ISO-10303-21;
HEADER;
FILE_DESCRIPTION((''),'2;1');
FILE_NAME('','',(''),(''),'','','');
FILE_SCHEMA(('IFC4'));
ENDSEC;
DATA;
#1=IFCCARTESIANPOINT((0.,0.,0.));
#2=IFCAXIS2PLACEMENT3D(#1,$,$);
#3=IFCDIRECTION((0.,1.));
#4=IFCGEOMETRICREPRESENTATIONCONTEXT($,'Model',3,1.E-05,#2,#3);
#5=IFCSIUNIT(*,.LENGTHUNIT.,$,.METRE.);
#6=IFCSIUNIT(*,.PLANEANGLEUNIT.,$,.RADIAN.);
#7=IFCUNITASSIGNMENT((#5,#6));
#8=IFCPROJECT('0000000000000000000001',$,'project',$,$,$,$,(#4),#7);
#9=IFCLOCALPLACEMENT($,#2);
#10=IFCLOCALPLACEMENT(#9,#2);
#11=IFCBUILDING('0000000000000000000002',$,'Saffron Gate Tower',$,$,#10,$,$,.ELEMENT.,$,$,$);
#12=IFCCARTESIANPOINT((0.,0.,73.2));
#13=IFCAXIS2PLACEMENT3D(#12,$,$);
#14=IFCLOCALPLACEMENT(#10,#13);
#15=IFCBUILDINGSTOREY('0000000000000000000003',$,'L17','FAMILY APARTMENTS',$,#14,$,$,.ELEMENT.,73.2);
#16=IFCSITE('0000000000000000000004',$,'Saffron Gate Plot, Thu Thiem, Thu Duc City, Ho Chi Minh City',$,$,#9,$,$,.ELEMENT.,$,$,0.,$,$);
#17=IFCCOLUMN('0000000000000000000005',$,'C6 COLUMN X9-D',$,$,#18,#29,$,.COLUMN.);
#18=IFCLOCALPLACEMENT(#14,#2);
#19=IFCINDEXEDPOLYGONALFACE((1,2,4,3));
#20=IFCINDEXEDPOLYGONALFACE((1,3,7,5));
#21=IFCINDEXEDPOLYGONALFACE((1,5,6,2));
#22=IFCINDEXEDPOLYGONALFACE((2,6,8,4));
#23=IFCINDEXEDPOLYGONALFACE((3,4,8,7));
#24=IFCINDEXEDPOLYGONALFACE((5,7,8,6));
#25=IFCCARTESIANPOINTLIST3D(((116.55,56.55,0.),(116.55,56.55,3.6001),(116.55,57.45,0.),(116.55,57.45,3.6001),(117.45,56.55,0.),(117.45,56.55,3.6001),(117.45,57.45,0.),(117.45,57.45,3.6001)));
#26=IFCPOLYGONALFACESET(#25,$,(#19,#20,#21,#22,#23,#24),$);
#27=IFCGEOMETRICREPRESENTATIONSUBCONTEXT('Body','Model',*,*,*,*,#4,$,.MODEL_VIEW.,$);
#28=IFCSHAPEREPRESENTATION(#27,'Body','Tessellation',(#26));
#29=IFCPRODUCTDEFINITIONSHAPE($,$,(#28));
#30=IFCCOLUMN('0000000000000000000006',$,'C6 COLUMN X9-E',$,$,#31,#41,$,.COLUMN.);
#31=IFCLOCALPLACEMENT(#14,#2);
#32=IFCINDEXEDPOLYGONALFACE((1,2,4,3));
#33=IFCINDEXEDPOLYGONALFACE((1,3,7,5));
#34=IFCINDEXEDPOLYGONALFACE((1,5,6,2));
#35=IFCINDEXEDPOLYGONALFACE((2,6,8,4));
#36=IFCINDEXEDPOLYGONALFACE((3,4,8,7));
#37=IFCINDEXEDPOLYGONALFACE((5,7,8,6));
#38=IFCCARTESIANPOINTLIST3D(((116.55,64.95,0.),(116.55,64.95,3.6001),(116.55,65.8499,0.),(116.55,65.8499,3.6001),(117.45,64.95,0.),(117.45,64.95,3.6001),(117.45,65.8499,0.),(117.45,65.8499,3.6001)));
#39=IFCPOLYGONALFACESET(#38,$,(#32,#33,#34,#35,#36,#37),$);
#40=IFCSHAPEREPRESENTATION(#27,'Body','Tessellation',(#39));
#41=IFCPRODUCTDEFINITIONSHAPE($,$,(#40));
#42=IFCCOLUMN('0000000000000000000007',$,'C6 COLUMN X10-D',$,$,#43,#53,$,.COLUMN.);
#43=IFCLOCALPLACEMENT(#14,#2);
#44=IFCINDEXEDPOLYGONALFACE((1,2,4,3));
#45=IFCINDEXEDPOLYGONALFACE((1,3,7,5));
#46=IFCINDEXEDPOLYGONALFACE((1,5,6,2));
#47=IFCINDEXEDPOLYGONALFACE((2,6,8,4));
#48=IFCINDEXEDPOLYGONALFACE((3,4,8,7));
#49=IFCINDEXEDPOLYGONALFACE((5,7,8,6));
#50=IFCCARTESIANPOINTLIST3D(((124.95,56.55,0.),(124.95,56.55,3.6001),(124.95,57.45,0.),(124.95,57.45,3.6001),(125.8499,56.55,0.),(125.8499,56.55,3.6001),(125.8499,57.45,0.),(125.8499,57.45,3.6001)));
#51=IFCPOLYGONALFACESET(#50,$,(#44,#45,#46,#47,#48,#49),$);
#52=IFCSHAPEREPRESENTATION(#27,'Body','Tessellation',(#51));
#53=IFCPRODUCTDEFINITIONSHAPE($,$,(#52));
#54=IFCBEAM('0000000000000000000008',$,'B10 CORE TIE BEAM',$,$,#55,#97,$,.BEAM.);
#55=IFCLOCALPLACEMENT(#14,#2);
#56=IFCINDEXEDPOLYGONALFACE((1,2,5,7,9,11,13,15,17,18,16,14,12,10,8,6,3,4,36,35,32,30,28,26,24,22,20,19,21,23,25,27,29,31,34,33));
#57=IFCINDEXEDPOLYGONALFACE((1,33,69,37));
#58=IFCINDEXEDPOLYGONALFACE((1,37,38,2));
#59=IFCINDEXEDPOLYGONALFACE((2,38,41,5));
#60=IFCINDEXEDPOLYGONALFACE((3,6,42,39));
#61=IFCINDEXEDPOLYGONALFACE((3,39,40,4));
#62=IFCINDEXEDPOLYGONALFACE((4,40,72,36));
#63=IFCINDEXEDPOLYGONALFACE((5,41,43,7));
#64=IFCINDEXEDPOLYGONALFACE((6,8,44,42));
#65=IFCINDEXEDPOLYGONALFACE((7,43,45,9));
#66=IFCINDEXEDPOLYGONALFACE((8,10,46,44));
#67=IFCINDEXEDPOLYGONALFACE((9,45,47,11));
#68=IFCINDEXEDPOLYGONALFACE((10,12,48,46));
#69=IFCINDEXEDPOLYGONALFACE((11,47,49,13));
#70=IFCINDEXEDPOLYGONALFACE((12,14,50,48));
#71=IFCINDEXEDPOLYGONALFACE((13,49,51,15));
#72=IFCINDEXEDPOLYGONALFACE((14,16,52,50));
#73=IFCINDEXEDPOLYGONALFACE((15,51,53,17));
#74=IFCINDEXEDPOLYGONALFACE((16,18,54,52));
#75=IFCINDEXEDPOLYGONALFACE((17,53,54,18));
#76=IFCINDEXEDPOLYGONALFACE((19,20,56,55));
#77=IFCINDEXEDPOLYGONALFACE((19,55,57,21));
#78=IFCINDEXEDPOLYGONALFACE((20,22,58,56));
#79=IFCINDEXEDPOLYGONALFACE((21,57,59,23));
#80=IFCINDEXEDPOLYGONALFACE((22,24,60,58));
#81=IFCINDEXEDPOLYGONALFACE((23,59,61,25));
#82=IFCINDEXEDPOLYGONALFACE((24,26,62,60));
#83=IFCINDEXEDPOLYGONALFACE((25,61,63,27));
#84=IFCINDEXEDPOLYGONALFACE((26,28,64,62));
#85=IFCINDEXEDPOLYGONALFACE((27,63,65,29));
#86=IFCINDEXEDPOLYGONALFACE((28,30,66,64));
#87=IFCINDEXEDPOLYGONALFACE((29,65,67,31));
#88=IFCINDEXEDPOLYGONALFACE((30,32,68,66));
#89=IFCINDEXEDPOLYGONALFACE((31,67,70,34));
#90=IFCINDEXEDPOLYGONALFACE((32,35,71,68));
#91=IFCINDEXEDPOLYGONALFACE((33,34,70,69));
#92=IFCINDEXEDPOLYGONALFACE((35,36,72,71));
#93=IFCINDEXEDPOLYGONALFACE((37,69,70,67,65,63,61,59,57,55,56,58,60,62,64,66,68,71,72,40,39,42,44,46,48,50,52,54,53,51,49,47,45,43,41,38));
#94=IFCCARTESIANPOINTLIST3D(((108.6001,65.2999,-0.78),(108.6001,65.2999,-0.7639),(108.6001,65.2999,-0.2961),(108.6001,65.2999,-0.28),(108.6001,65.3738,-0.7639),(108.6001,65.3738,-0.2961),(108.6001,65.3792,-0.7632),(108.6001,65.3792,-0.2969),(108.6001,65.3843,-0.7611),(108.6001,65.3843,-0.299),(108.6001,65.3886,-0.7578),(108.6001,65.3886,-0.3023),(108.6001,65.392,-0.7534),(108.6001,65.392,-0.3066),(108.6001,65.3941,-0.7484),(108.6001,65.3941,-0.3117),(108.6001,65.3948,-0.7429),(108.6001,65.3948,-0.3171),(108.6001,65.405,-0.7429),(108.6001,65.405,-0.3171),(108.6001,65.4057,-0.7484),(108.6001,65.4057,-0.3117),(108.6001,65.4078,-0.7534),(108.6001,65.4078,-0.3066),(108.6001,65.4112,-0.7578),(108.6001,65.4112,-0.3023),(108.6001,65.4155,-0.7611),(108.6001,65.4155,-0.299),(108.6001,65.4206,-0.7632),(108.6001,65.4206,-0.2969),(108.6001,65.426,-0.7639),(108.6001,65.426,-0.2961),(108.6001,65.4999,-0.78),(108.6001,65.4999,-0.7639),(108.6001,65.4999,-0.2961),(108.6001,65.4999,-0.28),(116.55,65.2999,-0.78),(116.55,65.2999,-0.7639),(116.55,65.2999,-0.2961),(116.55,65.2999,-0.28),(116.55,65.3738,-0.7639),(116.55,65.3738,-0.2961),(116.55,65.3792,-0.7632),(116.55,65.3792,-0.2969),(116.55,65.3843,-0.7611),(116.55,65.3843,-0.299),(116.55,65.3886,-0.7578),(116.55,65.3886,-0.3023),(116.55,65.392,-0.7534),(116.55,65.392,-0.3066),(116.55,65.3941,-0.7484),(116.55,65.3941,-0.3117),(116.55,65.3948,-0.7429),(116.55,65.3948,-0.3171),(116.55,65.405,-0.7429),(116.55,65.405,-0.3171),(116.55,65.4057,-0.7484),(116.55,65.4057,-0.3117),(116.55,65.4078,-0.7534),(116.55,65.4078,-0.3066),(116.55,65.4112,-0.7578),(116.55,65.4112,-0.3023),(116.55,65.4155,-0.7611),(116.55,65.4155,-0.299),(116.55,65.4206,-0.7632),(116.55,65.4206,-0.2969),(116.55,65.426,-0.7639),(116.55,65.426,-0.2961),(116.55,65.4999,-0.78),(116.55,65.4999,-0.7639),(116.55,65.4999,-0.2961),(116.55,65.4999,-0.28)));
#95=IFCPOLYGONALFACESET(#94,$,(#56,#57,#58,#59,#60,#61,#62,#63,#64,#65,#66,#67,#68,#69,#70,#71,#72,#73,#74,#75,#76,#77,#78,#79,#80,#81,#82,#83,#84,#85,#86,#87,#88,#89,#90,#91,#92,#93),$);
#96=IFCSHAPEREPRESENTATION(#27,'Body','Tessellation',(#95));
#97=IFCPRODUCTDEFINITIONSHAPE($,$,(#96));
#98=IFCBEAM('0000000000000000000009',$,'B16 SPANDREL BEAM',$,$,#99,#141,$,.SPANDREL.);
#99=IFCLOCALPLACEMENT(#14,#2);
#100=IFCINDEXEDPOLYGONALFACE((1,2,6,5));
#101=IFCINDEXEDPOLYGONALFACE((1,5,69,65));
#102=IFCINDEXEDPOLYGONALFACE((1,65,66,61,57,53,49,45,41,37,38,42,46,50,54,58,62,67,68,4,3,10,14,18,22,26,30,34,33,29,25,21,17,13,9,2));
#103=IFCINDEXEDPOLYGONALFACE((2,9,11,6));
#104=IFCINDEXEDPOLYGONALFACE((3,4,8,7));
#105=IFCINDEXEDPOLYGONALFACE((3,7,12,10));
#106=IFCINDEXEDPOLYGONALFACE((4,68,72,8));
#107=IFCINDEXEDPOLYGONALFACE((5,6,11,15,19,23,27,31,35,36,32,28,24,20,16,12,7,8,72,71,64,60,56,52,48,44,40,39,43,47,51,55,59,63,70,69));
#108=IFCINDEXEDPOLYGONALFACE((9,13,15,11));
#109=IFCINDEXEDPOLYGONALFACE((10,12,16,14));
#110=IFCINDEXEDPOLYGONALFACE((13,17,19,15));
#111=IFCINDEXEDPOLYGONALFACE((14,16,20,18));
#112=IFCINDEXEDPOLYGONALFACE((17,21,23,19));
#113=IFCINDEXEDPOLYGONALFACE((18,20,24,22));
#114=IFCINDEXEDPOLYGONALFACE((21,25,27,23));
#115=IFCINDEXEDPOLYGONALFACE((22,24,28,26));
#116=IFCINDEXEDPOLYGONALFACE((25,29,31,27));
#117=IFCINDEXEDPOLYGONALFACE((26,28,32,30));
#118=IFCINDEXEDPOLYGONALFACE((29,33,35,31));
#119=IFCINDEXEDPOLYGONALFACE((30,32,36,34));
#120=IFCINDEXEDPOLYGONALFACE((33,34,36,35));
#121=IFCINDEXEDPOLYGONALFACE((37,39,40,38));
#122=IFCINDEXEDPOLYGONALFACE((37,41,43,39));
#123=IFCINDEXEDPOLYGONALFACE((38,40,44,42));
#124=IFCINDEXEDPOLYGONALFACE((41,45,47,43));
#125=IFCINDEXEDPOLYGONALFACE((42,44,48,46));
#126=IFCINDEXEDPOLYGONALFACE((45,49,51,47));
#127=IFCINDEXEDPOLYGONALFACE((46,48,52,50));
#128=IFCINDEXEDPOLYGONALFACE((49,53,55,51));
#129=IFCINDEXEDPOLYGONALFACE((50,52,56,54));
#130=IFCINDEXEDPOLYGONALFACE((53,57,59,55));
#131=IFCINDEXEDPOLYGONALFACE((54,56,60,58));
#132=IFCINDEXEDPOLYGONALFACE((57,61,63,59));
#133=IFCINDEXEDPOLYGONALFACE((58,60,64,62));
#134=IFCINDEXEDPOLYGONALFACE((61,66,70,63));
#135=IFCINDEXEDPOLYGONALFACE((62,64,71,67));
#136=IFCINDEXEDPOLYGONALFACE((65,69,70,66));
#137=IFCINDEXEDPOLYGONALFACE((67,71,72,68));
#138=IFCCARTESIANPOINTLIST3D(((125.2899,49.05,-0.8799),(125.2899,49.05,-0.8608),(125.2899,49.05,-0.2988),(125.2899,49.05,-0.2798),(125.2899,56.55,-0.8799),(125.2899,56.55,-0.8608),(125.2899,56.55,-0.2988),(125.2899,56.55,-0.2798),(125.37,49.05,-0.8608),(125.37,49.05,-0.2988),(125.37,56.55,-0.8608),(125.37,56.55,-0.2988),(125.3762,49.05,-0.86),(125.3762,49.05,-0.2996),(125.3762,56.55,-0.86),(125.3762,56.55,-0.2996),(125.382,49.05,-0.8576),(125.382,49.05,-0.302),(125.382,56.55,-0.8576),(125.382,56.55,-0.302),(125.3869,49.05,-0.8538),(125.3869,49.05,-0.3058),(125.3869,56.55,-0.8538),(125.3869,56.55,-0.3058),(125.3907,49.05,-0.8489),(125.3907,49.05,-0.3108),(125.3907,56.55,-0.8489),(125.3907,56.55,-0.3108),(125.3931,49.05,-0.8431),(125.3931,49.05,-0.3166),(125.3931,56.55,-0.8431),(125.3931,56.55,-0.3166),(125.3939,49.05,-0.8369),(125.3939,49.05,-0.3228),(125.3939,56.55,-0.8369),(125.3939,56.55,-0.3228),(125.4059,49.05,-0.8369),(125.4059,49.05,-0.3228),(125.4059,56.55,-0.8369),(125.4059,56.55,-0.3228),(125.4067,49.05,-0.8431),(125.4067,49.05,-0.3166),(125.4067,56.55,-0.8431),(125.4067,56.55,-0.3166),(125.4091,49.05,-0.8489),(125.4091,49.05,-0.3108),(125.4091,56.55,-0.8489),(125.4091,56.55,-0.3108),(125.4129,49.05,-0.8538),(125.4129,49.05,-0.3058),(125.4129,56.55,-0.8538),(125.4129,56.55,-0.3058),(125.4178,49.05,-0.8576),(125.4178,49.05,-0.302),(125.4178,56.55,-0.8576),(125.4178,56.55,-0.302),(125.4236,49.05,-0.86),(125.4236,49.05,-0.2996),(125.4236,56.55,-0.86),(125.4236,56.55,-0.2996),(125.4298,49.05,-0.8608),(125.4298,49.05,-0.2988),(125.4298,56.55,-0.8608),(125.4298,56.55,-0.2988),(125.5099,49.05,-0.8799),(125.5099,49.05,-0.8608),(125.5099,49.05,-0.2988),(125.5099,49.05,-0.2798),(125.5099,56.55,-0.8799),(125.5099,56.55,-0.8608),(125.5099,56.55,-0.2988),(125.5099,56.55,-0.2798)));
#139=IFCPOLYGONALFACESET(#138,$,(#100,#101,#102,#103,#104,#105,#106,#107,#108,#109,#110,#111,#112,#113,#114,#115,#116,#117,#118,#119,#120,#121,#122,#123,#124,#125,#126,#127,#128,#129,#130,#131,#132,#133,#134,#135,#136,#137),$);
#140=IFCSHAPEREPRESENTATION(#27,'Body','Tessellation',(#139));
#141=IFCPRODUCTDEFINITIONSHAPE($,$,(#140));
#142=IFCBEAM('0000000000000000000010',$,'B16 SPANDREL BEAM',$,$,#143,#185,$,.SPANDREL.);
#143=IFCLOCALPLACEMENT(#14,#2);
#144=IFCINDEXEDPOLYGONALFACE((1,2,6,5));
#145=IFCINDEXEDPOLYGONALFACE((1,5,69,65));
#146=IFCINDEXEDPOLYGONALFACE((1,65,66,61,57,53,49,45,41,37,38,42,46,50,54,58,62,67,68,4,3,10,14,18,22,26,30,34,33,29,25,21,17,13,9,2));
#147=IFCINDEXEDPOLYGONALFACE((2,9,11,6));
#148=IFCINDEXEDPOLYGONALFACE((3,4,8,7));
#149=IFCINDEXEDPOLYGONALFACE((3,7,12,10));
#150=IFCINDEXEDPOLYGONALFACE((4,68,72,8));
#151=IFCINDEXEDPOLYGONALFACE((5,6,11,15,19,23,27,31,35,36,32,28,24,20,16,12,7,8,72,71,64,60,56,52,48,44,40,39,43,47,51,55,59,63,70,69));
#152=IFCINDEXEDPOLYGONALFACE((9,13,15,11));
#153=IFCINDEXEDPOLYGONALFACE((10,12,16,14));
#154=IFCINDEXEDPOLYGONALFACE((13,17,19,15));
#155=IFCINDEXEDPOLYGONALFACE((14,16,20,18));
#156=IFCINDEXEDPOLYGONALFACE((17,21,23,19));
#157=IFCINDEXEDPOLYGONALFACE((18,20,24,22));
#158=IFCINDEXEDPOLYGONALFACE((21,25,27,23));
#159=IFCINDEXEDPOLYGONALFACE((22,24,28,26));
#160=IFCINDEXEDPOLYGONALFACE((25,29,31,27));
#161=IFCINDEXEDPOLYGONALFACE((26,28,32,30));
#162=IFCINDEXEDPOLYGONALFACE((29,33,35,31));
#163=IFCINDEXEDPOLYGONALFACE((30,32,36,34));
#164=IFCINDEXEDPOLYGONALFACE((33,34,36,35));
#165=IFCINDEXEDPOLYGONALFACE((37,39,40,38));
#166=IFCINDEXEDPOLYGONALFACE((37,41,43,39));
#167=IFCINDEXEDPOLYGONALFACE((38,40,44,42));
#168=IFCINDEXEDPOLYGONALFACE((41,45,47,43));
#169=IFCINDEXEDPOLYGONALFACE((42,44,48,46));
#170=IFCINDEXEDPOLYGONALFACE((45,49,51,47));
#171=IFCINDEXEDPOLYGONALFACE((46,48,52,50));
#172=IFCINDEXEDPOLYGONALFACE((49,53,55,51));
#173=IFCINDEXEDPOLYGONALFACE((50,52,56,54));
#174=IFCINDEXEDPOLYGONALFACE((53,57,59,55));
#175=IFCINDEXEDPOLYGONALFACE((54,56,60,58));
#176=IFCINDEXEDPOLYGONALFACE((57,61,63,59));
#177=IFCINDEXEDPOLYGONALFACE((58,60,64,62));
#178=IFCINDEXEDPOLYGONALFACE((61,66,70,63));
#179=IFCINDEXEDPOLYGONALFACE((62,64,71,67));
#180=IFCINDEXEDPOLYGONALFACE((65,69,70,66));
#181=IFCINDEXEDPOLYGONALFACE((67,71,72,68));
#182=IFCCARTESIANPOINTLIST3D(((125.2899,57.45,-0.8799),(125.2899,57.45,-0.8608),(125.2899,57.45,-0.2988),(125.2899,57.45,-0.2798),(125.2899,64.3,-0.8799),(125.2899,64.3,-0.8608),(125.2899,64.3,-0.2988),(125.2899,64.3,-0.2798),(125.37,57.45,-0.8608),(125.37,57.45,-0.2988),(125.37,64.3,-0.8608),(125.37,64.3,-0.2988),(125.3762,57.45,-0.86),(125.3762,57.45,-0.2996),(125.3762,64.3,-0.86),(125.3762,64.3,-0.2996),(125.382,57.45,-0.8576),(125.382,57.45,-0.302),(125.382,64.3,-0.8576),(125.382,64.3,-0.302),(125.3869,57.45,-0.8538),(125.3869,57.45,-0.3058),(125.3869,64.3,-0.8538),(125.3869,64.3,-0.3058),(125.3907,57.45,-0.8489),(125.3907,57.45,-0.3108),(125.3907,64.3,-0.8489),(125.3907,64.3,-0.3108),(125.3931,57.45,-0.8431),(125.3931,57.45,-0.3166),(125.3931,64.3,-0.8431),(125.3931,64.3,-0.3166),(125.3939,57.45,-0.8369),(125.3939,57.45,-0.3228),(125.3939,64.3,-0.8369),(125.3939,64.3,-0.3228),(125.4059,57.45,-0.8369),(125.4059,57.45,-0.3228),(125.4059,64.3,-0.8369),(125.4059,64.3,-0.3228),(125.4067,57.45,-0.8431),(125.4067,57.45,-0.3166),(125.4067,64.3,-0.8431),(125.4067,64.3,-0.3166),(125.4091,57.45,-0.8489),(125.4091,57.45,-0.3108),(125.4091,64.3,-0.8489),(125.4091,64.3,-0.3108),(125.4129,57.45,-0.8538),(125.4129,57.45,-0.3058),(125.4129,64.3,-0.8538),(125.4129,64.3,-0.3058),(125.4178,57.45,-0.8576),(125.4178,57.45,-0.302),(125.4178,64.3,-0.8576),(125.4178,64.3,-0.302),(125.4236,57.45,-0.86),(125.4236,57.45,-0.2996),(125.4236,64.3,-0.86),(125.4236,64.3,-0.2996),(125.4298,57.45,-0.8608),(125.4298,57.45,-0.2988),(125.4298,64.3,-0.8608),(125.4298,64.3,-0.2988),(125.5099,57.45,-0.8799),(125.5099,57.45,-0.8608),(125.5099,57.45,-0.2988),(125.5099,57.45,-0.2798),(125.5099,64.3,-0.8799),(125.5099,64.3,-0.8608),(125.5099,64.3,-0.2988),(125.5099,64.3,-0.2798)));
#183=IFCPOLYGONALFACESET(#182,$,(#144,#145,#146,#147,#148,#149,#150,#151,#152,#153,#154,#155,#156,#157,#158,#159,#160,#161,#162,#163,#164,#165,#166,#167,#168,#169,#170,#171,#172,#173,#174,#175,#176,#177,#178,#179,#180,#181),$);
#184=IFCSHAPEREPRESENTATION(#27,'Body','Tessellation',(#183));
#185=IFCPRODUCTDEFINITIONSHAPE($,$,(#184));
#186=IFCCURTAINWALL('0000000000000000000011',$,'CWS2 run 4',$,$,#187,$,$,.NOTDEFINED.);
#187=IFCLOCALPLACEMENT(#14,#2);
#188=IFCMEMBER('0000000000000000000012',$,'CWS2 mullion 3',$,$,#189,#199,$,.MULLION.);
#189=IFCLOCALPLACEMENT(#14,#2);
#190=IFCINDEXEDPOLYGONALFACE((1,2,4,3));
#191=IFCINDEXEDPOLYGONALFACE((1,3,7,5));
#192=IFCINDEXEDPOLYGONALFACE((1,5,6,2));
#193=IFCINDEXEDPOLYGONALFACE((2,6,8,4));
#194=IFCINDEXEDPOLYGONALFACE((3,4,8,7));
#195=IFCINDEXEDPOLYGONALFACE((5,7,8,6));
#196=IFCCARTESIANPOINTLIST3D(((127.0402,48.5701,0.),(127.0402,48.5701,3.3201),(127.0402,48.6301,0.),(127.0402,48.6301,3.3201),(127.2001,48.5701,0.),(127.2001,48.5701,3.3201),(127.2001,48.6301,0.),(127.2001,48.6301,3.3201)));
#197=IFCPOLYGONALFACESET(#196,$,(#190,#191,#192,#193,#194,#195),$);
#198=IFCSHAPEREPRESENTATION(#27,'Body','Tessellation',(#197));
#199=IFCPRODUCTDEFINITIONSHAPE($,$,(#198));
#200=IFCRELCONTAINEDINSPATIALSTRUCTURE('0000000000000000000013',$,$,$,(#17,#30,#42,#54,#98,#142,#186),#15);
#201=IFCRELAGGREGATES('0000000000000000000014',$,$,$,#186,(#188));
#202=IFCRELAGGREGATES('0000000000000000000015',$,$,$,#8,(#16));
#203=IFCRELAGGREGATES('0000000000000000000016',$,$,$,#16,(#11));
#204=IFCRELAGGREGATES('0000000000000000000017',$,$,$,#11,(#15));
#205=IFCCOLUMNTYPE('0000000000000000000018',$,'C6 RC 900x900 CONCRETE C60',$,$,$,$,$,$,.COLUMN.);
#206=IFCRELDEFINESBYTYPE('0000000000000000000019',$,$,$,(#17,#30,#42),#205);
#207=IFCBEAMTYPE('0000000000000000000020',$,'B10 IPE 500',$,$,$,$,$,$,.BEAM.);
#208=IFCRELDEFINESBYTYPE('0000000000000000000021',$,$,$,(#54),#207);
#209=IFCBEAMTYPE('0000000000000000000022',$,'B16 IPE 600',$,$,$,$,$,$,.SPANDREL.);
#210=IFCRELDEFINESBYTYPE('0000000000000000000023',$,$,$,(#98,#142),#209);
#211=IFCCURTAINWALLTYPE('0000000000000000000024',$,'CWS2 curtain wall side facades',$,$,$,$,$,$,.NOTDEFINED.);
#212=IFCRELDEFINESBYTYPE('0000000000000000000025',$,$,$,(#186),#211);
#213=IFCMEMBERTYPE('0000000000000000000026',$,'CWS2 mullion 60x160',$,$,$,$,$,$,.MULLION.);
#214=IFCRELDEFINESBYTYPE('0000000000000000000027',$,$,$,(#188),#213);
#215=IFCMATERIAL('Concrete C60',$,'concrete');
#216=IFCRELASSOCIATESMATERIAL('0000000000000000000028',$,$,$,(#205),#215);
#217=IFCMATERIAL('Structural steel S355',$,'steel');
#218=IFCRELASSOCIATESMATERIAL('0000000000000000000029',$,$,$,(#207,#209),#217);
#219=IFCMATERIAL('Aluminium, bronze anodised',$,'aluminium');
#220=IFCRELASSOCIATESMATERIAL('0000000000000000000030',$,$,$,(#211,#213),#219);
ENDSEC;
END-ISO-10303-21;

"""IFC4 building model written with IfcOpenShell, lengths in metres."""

from ifc_helpers import new_model, si_unit, direction, frame, origin, origin_2d, place, context, subcontext, project, spatial, rectangle, i_section, extrude, material, material_profile, profile_set, type_object, element, aggregate, save


model = new_model("IFC4")

# Units and contexts
model_context = context("Model", 3, precision=1e-05, world=origin(), true_north=direction((0.0, 1.0)))
body_context = subcontext(model_context, "Body", "Model", "MODEL_VIEW")
ifc_project = project(units=[si_unit("LENGTHUNIT", "METRE"), si_unit("PLANEANGLEUNIT", "RADIAN")], contexts=[model_context])

# Site, building, storey
site_placement = place(None, origin())
site = spatial("IfcSite", under=ifc_project, at=site_placement, Name="Saffron Gate Plot, Thu Thiem, Thu Duc City, Ho Chi Minh City", CompositionType="ELEMENT", RefElevation=0.0)
building_placement = place(site_placement, origin())
building = spatial("IfcBuilding", under=site, at=building_placement, Name="Saffron Gate Tower", CompositionType="ELEMENT")
storey_placement = place(building_placement, frame((0.0, 0.0, 73.2)))
storey = spatial("IfcBuildingStorey", under=building, at=storey_placement, Name="L17", Description="FAMILY APARTMENTS", CompositionType="ELEMENT", Elevation=73.2)

# Columns
ifc_material_1 = material(Name="Concrete C60", Category="concrete")
ifc_material_profile_1 = material_profile(ifc_material_1, rectangle(XDim=0.8999, YDim=0.8999, at=origin_2d()))
ifc_profile_set_1 = profile_set([ifc_material_profile_1], Name="Concrete C60")
column_type = type_object("IfcColumnType", Name="C6 RC 900x900 CONCRETE C60", PredefinedType="COLUMN", material=ifc_profile_set_1)
for number, where, z_axis, x_axis, name in (
    (1, (117.0, 57.0, 0.0), (0.0, 0.0, 1.0), (1.0, 0.0, 0.0), "C6 COLUMN X9-D"),
    (2, (117.0, 65.3999, 0.0), (0.0, 0.0, 1.0), (1.0, 0.0, 0.0), "C6 COLUMN X9-E"),
    (3, (125.3999, 57.0, 0.0), (0.0, 0.0, 1.0), (1.0, 0.0, 0.0), "C6 COLUMN X10-D"),
):
    element("IfcColumn", number, at=place(storey_placement, frame(where, z_axis=z_axis, x_axis=x_axis)), inside=storey, type_object=column_type, Name=name, PredefinedType="COLUMN", context=body_context, shape_type="SweptSolid", body=[
        extrude(rectangle(XDim=0.8999, YDim=0.8999, at=origin_2d()), origin(), (0.0, 0.0, 1.0), 3.6001),
    ])

# Beams
ifc_material_2 = material(Name="Structural steel S355", Category="steel")
ifc_material_profile_2 = material_profile(ifc_material_2, i_section(OverallWidth=0.2, OverallDepth=0.5, WebThickness=0.0103, FlangeThickness=0.0161, FilletRadius=0.021, at=origin_2d()))
ifc_profile_set_2 = profile_set([ifc_material_profile_2], Name="Structural steel S355")
beam_type_1 = type_object("IfcBeamType", Name="B10 IPE 500", PredefinedType="BEAM", material=ifc_profile_set_2)
beam_1_placement = place(storey_placement, frame((116.55, 65.3999, -0.53), z_axis=(-1.0, 0.0, 0.0), x_axis=(0.0, -1.0, 0.0)))
element("IfcBeam", 4, at=beam_1_placement, inside=storey, type_object=beam_type_1, Name="B10 CORE TIE BEAM", PredefinedType="BEAM", context=body_context, shape_type="SweptSolid", body=[
    extrude(i_section(OverallWidth=0.2, OverallDepth=0.5, WebThickness=0.0103, FlangeThickness=0.0161, FilletRadius=0.021, at=origin_2d()), origin(), (0.0, 0.0, 1.0), 7.95),
])
ifc_material_profile_3 = material_profile(ifc_material_2, i_section(OverallWidth=0.22, OverallDepth=0.6001, WebThickness=0.012, FlangeThickness=0.019, FilletRadius=0.0239, at=origin_2d()))
ifc_profile_set_3 = profile_set([ifc_material_profile_3], Name="Structural steel S355")
beam_type_2 = type_object("IfcBeamType", Name="B16 IPE 600", PredefinedType="SPANDREL", material=ifc_profile_set_3)
beam_2_placement = place(storey_placement, frame((125.3999, 49.05, -0.5798), z_axis=(0.0, 1.0, 0.0), x_axis=(-1.0, 0.0, 0.0)))
element("IfcBeam", 5, at=beam_2_placement, inside=storey, type_object=beam_type_2, Name="B16 SPANDREL BEAM", PredefinedType="SPANDREL", context=body_context, shape_type="SweptSolid", body=[
    extrude(i_section(OverallWidth=0.22, OverallDepth=0.6001, WebThickness=0.012, FlangeThickness=0.019, FilletRadius=0.0239, at=origin_2d()), origin(), (0.0, 0.0, 1.0), 7.5),
])
beam_3_placement = place(storey_placement, frame((125.3999, 57.45, -0.5798), z_axis=(0.0, 1.0, 0.0), x_axis=(-1.0, 0.0, 0.0)))
element("IfcBeam", 6, at=beam_3_placement, inside=storey, type_object=beam_type_2, Name="B16 SPANDREL BEAM", PredefinedType="SPANDREL", context=body_context, shape_type="SweptSolid", body=[
    extrude(i_section(OverallWidth=0.22, OverallDepth=0.6001, WebThickness=0.012, FlangeThickness=0.019, FilletRadius=0.0239, at=origin_2d()), origin(), (0.0, 0.0, 1.0), 6.8501),
])

# Curtain wall, member
ifc_material_3 = material(Name="Aluminium, bronze anodised", Category="aluminium")
curtain_wall_type = type_object("IfcCurtainWallType", Name="CWS2 curtain wall side facades", PredefinedType="NOTDEFINED", material=ifc_material_3)
curtain_wall_placement = place(storey_placement, origin())
curtain_wall = element("IfcCurtainWall", 7, at=curtain_wall_placement, inside=storey, type_object=curtain_wall_type, Name="CWS2 run 4", PredefinedType="NOTDEFINED")
ifc_material_profile_4 = material_profile(ifc_material_3, rectangle(XDim=0.1599, YDim=0.0601, at=origin_2d()))
ifc_profile_set_4 = profile_set([ifc_material_profile_4], Name="Aluminium, bronze anodised")
member_type = type_object("IfcMemberType", Name="CWS2 mullion 60x160", PredefinedType="MULLION", material=ifc_profile_set_4)
member_1_placement = place(storey_placement, frame((127.1201, 48.6001, 0.0), z_axis=(0.0, 0.0, 1.0), x_axis=(-1.0, 0.0, 0.0)))
member_1 = element("IfcMember", 8, at=member_1_placement, type_object=member_type, Name="CWS2 mullion 3", PredefinedType="MULLION", context=body_context, shape_type="SweptSolid", body=[
    extrude(rectangle(XDim=0.1599, YDim=0.0601, at=origin_2d()), origin(), (0.0, 0.0, 1.0), 3.3201),
])
aggregate(curtain_wall, [member_1])

save(model, "model.ifc")
